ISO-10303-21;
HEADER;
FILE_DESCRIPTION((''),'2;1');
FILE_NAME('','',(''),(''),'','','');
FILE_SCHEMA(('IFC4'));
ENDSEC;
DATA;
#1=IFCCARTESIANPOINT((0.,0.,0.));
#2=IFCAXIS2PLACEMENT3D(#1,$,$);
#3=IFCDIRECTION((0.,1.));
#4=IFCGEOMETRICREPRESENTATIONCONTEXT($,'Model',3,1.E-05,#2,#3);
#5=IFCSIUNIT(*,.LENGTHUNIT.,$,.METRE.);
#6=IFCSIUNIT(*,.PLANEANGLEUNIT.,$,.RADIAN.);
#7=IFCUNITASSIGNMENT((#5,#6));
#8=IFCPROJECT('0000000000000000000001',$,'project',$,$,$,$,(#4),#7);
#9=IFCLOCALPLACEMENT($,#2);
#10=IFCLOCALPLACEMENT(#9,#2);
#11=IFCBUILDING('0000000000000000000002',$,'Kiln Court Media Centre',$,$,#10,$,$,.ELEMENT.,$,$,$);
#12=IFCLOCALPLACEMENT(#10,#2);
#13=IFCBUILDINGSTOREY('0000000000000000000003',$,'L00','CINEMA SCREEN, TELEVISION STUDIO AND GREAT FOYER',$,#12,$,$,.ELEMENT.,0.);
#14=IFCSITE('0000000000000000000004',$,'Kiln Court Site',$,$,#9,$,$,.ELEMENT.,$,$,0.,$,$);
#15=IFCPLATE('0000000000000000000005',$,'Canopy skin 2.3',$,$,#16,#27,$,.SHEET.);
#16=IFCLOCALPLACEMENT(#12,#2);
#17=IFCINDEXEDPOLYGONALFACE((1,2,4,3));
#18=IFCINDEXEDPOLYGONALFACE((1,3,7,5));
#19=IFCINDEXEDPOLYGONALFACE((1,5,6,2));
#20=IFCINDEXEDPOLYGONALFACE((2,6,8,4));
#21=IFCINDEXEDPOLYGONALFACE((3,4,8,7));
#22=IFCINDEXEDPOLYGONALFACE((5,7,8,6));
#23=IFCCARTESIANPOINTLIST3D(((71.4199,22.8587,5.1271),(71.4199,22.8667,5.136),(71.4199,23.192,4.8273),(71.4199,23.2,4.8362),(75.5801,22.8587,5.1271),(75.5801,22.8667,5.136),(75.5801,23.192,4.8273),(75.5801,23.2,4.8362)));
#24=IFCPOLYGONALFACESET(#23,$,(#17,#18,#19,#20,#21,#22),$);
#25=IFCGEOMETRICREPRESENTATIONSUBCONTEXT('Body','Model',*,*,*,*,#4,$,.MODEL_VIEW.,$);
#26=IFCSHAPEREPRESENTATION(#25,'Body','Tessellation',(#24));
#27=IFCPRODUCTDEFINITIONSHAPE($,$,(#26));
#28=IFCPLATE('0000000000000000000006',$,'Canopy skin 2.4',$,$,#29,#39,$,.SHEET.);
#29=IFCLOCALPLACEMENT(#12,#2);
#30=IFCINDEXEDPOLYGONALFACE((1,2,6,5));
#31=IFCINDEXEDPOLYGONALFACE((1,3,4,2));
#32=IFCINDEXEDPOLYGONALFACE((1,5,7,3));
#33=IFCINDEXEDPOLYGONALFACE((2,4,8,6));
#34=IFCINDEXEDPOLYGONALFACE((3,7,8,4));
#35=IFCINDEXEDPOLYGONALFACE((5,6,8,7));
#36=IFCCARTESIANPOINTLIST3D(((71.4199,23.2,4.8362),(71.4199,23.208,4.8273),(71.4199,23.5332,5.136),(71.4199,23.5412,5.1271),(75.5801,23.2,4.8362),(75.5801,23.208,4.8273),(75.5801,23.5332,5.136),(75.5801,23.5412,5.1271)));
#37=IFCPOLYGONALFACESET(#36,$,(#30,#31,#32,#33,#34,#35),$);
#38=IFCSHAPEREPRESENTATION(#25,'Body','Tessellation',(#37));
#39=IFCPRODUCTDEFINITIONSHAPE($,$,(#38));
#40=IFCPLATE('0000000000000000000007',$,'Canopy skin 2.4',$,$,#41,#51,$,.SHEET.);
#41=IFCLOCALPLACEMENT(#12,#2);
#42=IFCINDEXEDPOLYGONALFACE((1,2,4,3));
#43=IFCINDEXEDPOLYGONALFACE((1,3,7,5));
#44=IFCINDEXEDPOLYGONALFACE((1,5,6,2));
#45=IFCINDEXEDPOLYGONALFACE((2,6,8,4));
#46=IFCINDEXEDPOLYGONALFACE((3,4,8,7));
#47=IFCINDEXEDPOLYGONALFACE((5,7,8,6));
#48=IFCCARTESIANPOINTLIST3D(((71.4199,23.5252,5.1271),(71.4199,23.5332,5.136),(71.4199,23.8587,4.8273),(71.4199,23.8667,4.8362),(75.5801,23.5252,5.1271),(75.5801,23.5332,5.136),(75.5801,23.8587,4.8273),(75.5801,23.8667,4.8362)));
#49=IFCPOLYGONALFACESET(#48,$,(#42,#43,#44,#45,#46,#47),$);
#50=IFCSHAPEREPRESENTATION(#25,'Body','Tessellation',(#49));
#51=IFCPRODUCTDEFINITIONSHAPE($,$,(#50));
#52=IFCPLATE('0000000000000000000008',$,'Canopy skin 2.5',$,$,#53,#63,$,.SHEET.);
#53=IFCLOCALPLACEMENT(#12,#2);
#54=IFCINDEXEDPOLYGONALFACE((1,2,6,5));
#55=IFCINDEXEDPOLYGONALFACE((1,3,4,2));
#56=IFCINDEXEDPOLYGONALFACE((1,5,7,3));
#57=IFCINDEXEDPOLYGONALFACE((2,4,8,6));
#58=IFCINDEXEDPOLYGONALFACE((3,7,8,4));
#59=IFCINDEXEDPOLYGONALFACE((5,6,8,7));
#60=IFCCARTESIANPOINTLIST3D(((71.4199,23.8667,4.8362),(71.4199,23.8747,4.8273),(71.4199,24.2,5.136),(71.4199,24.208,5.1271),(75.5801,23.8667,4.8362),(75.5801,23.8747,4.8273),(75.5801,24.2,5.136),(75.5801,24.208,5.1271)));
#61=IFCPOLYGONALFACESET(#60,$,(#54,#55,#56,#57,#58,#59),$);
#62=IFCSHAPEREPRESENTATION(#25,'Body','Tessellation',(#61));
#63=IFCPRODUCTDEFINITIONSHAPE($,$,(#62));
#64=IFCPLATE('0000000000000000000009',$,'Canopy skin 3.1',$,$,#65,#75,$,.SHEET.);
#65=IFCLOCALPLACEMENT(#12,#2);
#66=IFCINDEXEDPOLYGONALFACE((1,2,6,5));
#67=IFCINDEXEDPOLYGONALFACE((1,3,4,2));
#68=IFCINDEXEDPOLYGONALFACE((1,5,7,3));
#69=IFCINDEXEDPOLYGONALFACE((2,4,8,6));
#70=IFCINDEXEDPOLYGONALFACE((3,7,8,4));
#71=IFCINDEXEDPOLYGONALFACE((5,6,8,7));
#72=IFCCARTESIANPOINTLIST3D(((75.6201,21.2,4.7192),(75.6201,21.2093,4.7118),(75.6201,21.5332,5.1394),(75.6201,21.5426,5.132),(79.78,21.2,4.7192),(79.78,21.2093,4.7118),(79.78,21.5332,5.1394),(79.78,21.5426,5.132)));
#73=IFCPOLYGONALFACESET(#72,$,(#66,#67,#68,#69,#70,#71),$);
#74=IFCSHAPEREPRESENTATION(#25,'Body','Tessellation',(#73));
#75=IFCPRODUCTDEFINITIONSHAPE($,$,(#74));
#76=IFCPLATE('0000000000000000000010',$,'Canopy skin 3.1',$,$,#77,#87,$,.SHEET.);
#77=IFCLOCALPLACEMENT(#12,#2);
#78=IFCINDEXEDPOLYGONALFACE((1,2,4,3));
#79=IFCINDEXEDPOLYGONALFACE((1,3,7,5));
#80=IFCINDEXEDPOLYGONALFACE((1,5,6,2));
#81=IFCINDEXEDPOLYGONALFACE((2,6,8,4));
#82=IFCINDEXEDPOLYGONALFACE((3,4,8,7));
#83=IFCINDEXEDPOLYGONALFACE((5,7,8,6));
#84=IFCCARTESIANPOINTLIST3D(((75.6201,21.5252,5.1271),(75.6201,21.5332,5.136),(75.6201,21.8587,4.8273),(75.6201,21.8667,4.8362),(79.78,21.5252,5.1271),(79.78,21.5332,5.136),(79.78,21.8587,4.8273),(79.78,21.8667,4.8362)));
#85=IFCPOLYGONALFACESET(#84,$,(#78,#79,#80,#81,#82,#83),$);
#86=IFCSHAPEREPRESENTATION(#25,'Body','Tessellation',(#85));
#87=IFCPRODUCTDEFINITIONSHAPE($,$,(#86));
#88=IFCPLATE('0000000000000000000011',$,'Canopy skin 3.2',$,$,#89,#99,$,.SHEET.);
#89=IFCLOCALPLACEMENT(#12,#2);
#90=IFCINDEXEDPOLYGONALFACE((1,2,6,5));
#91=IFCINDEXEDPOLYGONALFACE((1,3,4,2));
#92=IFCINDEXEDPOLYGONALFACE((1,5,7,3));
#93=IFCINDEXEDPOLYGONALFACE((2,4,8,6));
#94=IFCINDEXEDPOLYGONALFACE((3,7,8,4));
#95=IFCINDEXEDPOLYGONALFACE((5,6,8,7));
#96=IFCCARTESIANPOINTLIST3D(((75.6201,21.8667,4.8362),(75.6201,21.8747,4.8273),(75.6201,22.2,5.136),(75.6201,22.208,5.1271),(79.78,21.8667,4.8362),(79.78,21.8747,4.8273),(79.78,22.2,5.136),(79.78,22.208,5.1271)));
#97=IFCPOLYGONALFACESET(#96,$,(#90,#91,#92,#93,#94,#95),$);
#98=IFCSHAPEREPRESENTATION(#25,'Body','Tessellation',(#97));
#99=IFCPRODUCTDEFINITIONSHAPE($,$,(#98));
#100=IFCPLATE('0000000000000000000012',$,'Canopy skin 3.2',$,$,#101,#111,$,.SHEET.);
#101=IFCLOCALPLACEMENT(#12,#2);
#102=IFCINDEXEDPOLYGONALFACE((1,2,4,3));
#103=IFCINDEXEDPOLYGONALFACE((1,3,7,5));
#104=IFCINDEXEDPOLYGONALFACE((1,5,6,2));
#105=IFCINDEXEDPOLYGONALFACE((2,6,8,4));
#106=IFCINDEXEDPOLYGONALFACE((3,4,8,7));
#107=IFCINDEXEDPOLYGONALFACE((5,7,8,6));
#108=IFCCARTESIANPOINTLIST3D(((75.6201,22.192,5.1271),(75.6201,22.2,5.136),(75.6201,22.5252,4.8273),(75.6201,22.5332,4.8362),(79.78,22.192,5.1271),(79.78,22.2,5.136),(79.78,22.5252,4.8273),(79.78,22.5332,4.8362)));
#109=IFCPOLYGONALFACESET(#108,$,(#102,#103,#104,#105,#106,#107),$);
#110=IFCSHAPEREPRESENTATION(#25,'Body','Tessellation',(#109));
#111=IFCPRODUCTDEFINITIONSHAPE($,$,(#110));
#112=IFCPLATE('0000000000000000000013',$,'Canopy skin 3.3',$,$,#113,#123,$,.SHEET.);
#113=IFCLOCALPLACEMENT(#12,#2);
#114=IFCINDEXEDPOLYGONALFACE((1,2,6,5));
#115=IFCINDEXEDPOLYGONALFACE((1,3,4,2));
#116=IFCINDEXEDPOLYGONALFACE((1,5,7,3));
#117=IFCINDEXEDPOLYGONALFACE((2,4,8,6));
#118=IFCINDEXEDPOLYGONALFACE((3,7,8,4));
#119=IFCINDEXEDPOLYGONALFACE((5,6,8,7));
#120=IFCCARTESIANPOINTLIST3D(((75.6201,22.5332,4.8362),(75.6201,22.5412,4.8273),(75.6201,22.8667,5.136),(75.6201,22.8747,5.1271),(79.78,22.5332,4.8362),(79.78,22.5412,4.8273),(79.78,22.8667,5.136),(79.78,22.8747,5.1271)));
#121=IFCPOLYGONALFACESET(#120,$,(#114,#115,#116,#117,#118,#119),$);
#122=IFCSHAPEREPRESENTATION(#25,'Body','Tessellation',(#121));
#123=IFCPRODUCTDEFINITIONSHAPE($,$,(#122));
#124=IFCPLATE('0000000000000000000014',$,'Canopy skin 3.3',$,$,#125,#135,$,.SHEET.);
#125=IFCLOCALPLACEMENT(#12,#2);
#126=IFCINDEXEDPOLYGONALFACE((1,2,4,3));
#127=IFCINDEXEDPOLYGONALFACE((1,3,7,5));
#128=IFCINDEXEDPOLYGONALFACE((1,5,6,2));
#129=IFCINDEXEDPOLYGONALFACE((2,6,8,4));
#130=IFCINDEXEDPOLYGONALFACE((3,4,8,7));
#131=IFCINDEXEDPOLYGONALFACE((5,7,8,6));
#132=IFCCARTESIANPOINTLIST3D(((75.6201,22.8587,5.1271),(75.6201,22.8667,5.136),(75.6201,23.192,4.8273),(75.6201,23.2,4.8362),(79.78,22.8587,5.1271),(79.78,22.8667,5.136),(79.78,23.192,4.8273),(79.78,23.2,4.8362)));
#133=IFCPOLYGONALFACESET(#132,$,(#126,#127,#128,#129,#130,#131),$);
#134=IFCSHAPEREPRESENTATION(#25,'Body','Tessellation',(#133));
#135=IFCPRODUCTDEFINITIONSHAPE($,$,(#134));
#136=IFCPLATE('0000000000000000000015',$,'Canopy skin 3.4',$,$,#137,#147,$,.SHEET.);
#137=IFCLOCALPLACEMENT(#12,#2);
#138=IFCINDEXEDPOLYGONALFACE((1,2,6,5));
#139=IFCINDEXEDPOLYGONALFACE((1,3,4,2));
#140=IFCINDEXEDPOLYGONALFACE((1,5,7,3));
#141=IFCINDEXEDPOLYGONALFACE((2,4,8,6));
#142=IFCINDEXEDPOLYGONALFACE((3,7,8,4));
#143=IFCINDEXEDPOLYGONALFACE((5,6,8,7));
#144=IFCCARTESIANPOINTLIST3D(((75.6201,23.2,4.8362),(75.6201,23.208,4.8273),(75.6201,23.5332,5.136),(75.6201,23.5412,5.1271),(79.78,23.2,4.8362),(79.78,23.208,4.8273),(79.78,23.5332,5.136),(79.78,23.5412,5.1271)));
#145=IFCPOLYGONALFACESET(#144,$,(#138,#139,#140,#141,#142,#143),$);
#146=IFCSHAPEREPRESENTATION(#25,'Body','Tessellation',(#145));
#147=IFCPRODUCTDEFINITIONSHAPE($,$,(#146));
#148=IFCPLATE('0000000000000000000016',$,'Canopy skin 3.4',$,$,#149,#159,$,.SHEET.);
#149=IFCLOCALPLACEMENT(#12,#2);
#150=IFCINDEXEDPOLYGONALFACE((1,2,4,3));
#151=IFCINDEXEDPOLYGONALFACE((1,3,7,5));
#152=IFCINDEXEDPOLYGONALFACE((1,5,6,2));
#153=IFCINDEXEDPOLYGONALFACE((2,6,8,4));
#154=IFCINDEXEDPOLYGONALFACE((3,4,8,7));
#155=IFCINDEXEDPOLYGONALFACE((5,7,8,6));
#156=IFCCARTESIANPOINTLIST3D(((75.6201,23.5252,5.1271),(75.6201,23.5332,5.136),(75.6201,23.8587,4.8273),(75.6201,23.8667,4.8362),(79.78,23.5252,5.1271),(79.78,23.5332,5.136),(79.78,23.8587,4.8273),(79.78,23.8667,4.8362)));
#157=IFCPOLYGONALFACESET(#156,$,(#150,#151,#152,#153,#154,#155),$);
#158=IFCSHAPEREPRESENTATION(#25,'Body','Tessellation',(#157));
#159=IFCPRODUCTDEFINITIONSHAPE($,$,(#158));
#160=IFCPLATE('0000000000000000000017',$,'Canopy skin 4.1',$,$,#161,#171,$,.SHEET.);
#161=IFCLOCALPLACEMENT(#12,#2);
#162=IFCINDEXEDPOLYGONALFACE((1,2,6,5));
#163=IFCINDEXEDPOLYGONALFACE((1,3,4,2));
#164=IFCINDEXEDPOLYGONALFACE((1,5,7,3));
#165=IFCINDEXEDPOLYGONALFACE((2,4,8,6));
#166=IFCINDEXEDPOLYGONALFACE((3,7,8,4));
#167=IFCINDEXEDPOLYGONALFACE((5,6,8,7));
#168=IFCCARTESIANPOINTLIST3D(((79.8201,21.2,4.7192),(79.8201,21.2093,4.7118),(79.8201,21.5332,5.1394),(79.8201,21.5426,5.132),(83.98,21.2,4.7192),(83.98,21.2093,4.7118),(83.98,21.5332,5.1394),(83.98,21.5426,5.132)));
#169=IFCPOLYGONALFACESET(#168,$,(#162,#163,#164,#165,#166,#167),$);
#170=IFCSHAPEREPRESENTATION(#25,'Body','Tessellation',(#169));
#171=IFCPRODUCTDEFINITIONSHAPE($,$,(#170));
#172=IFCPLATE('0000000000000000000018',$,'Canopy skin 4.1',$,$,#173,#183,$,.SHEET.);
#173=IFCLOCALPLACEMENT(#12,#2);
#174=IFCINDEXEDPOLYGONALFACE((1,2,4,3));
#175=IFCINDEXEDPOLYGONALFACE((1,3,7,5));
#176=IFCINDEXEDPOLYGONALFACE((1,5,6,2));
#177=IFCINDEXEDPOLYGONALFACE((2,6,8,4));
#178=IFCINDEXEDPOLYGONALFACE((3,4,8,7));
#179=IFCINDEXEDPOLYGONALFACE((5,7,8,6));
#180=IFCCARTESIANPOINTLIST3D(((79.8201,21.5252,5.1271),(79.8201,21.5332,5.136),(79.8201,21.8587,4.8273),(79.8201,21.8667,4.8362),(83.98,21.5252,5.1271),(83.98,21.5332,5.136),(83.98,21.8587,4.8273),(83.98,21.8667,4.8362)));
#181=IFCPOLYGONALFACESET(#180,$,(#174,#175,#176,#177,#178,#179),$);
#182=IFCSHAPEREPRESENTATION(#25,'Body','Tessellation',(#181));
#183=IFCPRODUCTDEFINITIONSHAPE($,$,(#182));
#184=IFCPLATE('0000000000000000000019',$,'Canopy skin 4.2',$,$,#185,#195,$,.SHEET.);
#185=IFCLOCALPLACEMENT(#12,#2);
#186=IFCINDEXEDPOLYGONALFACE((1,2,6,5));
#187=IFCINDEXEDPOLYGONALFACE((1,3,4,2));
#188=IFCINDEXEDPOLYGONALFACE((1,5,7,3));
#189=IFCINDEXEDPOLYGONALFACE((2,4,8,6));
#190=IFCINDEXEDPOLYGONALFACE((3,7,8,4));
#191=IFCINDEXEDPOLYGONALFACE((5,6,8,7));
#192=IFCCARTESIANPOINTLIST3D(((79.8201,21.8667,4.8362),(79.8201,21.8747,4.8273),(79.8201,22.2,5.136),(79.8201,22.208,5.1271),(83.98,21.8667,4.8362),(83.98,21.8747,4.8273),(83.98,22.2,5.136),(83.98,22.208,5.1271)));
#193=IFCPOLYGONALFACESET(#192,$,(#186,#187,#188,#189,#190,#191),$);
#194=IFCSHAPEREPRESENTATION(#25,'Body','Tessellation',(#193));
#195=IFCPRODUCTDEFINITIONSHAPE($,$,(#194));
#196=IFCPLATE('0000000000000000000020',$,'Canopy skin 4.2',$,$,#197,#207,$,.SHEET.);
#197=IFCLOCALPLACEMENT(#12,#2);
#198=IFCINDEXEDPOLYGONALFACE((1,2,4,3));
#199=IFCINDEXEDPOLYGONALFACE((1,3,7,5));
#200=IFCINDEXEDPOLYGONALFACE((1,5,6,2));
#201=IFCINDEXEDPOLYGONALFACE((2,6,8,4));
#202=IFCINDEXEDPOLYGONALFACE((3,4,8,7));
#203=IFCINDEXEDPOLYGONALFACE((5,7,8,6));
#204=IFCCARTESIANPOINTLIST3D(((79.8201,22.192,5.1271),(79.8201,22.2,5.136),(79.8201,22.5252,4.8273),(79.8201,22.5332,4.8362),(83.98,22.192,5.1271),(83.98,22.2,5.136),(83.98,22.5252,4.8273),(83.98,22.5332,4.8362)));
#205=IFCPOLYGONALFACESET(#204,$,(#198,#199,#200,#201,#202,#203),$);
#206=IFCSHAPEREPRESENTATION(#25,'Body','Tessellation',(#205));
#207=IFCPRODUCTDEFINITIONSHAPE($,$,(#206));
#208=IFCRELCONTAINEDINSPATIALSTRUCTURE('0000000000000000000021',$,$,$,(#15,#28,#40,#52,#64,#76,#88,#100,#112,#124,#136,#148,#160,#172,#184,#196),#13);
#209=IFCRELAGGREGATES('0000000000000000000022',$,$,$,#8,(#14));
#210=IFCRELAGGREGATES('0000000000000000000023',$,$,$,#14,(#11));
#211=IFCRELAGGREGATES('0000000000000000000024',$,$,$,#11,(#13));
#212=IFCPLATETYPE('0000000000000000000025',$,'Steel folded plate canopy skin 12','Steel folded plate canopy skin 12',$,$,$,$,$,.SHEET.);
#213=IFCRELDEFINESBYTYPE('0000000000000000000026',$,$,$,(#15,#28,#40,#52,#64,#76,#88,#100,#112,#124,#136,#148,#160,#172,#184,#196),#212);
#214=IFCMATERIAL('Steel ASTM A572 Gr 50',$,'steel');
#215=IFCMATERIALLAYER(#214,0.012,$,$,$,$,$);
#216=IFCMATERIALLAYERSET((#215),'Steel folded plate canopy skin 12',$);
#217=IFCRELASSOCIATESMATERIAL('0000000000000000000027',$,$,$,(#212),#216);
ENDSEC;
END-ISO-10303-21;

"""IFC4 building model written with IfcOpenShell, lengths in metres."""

from ifc_helpers import new_model, si_unit, direction, frame, origin, place, context, subcontext, project, spatial, polyline, outline, extrude, material, layer, layer_set, type_object, element, save


model = new_model("IFC4")

# Units and contexts
model_context = context("Model", 3, precision=1e-05, world=origin(), true_north=direction((0.0, 1.0)))
body_context = subcontext(model_context, "Body", "Model", "MODEL_VIEW")
ifc_project = project(units=[si_unit("LENGTHUNIT", "METRE"), si_unit("PLANEANGLEUNIT", "RADIAN")], contexts=[model_context])

# Site, building, storey
site_placement = place(None, origin())
site = spatial("IfcSite", under=ifc_project, at=site_placement, Name="Kiln Court Site", CompositionType="ELEMENT", RefElevation=0.0)
building_placement = place(site_placement, origin())
building = spatial("IfcBuilding", under=site, at=building_placement, Name="Kiln Court Media Centre", CompositionType="ELEMENT")
storey_placement = place(building_placement, origin())
storey = spatial("IfcBuildingStorey", under=building, at=storey_placement, Name="L00", Description="CINEMA SCREEN, TELEVISION STUDIO AND GREAT FOYER", CompositionType="ELEMENT", Elevation=0.0)

# Plates
ifc_material_1 = material(Name="Steel ASTM A572 Gr 50", Category="steel")
ifc_layer_1 = layer(ifc_material_1, 0.012)
ifc_layer_set_1 = layer_set([ifc_layer_1], Name="Steel folded plate canopy skin 12")
plate_type_1 = type_object("IfcPlateType", Name="Steel folded plate canopy skin 12", Description="Steel folded plate canopy skin 12", PredefinedType="SHEET", material=ifc_layer_set_1)
for number, where, z_axis, x_axis, name in (
    (1, (71.4199, 22.8667, 5.136), (0.0, 0.668814, 0.74343), (1.0, 0.0, 0.0), "Canopy skin 2.3"),
    (2, (71.4199, 23.2, 4.8362), (0.0, -0.668814, 0.74343), (1.0, 0.0, 0.0), "Canopy skin 2.4"),
):
    element("IfcPlate", number, at=place(storey_placement, frame(where, z_axis=z_axis, x_axis=x_axis)), inside=storey, type_object=plate_type_1, Name=name, PredefinedType="SHEET", context=body_context, shape_type="SweptSolid", body=[
        extrude(outline(polyline([(0.0, 0.0), (4.1602, 0.0), (4.1602, 0.4483), (0.0, 0.4483), (0.0, 0.0)])), origin(), (0.0, 0.0, -1.0), 0.012),
    ])
plate_1_placement = place(storey_placement, frame((71.4199, 23.5332, 5.136), z_axis=(0.0, 0.668544, 0.743673), x_axis=(1.0, 0.0, 0.0)))
element("IfcPlate", 3, at=plate_1_placement, inside=storey, type_object=plate_type_1, Name="Canopy skin 2.4", PredefinedType="SHEET", context=body_context, shape_type="SweptSolid", body=[
    extrude(outline(polyline([(0.0, 0.0), (4.1602, 0.0), (4.1602, 0.4484), (0.0, 0.4484), (0.0, 0.0)])), origin(), (0.0, 0.0, -1.0), 0.012),
])
plate_2_placement = place(storey_placement, frame((71.4199, 23.8667, 4.8362), z_axis=(0.0, -0.668814, 0.74343), x_axis=(1.0, 0.0, 0.0)))
element("IfcPlate", 4, at=plate_2_placement, inside=storey, type_object=plate_type_1, Name="Canopy skin 2.5", PredefinedType="SHEET", context=body_context, shape_type="SweptSolid", body=[
    extrude(outline(polyline([(0.0, 0.0), (4.1602, 0.0), (4.1602, 0.4483), (0.0, 0.4483), (0.0, 0.0)])), origin(), (0.0, 0.0, -1.0), 0.012),
])
plate_3_placement = place(storey_placement, frame((75.6201, 21.2, 4.7192), z_axis=(0.0, -0.783482, 0.621414), x_axis=(1.0, 0.0, 0.0)))
element("IfcPlate", 5, at=plate_3_placement, inside=storey, type_object=plate_type_1, Name="Canopy skin 3.1", PredefinedType="SHEET", context=body_context, shape_type="SweptSolid", body=[
    extrude(outline(polyline([(0.0, 0.0), (4.1599, 0.0), (4.1599, 0.5363), (0.0, 0.5363), (0.0, 0.0)])), origin(), (0.0, 0.0, -1.0), 0.012),
])
plate_4_placement = place(storey_placement, frame((75.6201, 21.5332, 5.136), z_axis=(0.0, 0.668544, 0.743673), x_axis=(1.0, 0.0, 0.0)))
element("IfcPlate", 6, at=plate_4_placement, inside=storey, type_object=plate_type_1, Name="Canopy skin 3.1", PredefinedType="SHEET", context=body_context, shape_type="SweptSolid", body=[
    extrude(outline(polyline([(0.0, 0.0), (4.1599, 0.0), (4.1599, 0.4484), (0.0, 0.4484), (0.0, 0.0)])), origin(), (0.0, 0.0, -1.0), 0.012),
])
for number, where, z_axis, x_axis, name in (
    (7, (75.6201, 21.8667, 4.8362), (0.0, -0.668814, 0.74343), (1.0, 0.0, 0.0), "Canopy skin 3.2"),
    (8, (75.6201, 22.2, 5.136), (0.0, 0.668814, 0.74343), (1.0, 0.0, 0.0), "Canopy skin 3.2"),
):
    element("IfcPlate", number, at=place(storey_placement, frame(where, z_axis=z_axis, x_axis=x_axis)), inside=storey, type_object=plate_type_1, Name=name, PredefinedType="SHEET", context=body_context, shape_type="SweptSolid", body=[
        extrude(outline(polyline([(0.0, 0.0), (4.1599, 0.0), (4.1599, 0.4483), (0.0, 0.4483), (0.0, 0.0)])), origin(), (0.0, 0.0, -1.0), 0.012),
    ])
plate_5_placement = place(storey_placement, frame((75.6201, 22.5332, 4.8362), z_axis=(0.0, -0.668544, 0.743673), x_axis=(1.0, 0.0, 0.0)))
element("IfcPlate", 9, at=plate_5_placement, inside=storey, type_object=plate_type_1, Name="Canopy skin 3.3", PredefinedType="SHEET", context=body_context, shape_type="SweptSolid", body=[
    extrude(outline(polyline([(0.0, 0.0), (4.1599, 0.0), (4.1599, 0.4484), (0.0, 0.4484), (0.0, 0.0)])), origin(), (0.0, 0.0, -1.0), 0.012),
])
for number, where, z_axis, x_axis, name in (
    (10, (75.6201, 22.8667, 5.136), (0.0, 0.668814, 0.74343), (1.0, 0.0, 0.0), "Canopy skin 3.3"),
    (11, (75.6201, 23.2, 4.8362), (0.0, -0.668814, 0.74343), (1.0, 0.0, 0.0), "Canopy skin 3.4"),
):
    element("IfcPlate", number, at=place(storey_placement, frame(where, z_axis=z_axis, x_axis=x_axis)), inside=storey, type_object=plate_type_1, Name=name, PredefinedType="SHEET", context=body_context, shape_type="SweptSolid", body=[
        extrude(outline(polyline([(0.0, 0.0), (4.1599, 0.0), (4.1599, 0.4483), (0.0, 0.4483), (0.0, 0.0)])), origin(), (0.0, 0.0, -1.0), 0.012),
    ])
plate_6_placement = place(storey_placement, frame((75.6201, 23.5332, 5.136), z_axis=(0.0, 0.668544, 0.743673), x_axis=(1.0, 0.0, 0.0)))
element("IfcPlate", 12, at=plate_6_placement, inside=storey, type_object=plate_type_1, Name="Canopy skin 3.4", PredefinedType="SHEET", context=body_context, shape_type="SweptSolid", body=[
    extrude(outline(polyline([(0.0, 0.0), (4.1599, 0.0), (4.1599, 0.4484), (0.0, 0.4484), (0.0, 0.0)])), origin(), (0.0, 0.0, -1.0), 0.012),
])
plate_7_placement = place(storey_placement, frame((79.8201, 21.2, 4.7192), z_axis=(0.0, -0.783482, 0.621414), x_axis=(1.0, 0.0, 0.0)))
element("IfcPlate", 13, at=plate_7_placement, inside=storey, type_object=plate_type_1, Name="Canopy skin 4.1", PredefinedType="SHEET", context=body_context, shape_type="SweptSolid", body=[
    extrude(outline(polyline([(0.0, 0.0), (4.1599, 0.0), (4.1599, 0.5363), (0.0, 0.5363), (0.0, 0.0)])), origin(), (0.0, 0.0, -1.0), 0.012),
])
plate_8_placement = place(storey_placement, frame((79.8201, 21.5332, 5.136), z_axis=(0.0, 0.668544, 0.743673), x_axis=(1.0, 0.0, 0.0)))
element("IfcPlate", 14, at=plate_8_placement, inside=storey, type_object=plate_type_1, Name="Canopy skin 4.1", PredefinedType="SHEET", context=body_context, shape_type="SweptSolid", body=[
    extrude(outline(polyline([(0.0, 0.0), (4.1599, 0.0), (4.1599, 0.4484), (0.0, 0.4484), (0.0, 0.0)])), origin(), (0.0, 0.0, -1.0), 0.012),
])
for number, where, z_axis, x_axis, name in (
    (15, (79.8201, 21.8667, 4.8362), (0.0, -0.668814, 0.74343), (1.0, 0.0, 0.0), "Canopy skin 4.2"),
    (16, (79.8201, 22.2, 5.136), (0.0, 0.668814, 0.74343), (1.0, 0.0, 0.0), "Canopy skin 4.2"),
):
    element("IfcPlate", number, at=place(storey_placement, frame(where, z_axis=z_axis, x_axis=x_axis)), inside=storey, type_object=plate_type_1, Name=name, PredefinedType="SHEET", context=body_context, shape_type="SweptSolid", body=[
        extrude(outline(polyline([(0.0, 0.0), (4.1599, 0.0), (4.1599, 0.4483), (0.0, 0.4483), (0.0, 0.0)])), origin(), (0.0, 0.0, -1.0), 0.012),
    ])

save(model, "model.ifc")
